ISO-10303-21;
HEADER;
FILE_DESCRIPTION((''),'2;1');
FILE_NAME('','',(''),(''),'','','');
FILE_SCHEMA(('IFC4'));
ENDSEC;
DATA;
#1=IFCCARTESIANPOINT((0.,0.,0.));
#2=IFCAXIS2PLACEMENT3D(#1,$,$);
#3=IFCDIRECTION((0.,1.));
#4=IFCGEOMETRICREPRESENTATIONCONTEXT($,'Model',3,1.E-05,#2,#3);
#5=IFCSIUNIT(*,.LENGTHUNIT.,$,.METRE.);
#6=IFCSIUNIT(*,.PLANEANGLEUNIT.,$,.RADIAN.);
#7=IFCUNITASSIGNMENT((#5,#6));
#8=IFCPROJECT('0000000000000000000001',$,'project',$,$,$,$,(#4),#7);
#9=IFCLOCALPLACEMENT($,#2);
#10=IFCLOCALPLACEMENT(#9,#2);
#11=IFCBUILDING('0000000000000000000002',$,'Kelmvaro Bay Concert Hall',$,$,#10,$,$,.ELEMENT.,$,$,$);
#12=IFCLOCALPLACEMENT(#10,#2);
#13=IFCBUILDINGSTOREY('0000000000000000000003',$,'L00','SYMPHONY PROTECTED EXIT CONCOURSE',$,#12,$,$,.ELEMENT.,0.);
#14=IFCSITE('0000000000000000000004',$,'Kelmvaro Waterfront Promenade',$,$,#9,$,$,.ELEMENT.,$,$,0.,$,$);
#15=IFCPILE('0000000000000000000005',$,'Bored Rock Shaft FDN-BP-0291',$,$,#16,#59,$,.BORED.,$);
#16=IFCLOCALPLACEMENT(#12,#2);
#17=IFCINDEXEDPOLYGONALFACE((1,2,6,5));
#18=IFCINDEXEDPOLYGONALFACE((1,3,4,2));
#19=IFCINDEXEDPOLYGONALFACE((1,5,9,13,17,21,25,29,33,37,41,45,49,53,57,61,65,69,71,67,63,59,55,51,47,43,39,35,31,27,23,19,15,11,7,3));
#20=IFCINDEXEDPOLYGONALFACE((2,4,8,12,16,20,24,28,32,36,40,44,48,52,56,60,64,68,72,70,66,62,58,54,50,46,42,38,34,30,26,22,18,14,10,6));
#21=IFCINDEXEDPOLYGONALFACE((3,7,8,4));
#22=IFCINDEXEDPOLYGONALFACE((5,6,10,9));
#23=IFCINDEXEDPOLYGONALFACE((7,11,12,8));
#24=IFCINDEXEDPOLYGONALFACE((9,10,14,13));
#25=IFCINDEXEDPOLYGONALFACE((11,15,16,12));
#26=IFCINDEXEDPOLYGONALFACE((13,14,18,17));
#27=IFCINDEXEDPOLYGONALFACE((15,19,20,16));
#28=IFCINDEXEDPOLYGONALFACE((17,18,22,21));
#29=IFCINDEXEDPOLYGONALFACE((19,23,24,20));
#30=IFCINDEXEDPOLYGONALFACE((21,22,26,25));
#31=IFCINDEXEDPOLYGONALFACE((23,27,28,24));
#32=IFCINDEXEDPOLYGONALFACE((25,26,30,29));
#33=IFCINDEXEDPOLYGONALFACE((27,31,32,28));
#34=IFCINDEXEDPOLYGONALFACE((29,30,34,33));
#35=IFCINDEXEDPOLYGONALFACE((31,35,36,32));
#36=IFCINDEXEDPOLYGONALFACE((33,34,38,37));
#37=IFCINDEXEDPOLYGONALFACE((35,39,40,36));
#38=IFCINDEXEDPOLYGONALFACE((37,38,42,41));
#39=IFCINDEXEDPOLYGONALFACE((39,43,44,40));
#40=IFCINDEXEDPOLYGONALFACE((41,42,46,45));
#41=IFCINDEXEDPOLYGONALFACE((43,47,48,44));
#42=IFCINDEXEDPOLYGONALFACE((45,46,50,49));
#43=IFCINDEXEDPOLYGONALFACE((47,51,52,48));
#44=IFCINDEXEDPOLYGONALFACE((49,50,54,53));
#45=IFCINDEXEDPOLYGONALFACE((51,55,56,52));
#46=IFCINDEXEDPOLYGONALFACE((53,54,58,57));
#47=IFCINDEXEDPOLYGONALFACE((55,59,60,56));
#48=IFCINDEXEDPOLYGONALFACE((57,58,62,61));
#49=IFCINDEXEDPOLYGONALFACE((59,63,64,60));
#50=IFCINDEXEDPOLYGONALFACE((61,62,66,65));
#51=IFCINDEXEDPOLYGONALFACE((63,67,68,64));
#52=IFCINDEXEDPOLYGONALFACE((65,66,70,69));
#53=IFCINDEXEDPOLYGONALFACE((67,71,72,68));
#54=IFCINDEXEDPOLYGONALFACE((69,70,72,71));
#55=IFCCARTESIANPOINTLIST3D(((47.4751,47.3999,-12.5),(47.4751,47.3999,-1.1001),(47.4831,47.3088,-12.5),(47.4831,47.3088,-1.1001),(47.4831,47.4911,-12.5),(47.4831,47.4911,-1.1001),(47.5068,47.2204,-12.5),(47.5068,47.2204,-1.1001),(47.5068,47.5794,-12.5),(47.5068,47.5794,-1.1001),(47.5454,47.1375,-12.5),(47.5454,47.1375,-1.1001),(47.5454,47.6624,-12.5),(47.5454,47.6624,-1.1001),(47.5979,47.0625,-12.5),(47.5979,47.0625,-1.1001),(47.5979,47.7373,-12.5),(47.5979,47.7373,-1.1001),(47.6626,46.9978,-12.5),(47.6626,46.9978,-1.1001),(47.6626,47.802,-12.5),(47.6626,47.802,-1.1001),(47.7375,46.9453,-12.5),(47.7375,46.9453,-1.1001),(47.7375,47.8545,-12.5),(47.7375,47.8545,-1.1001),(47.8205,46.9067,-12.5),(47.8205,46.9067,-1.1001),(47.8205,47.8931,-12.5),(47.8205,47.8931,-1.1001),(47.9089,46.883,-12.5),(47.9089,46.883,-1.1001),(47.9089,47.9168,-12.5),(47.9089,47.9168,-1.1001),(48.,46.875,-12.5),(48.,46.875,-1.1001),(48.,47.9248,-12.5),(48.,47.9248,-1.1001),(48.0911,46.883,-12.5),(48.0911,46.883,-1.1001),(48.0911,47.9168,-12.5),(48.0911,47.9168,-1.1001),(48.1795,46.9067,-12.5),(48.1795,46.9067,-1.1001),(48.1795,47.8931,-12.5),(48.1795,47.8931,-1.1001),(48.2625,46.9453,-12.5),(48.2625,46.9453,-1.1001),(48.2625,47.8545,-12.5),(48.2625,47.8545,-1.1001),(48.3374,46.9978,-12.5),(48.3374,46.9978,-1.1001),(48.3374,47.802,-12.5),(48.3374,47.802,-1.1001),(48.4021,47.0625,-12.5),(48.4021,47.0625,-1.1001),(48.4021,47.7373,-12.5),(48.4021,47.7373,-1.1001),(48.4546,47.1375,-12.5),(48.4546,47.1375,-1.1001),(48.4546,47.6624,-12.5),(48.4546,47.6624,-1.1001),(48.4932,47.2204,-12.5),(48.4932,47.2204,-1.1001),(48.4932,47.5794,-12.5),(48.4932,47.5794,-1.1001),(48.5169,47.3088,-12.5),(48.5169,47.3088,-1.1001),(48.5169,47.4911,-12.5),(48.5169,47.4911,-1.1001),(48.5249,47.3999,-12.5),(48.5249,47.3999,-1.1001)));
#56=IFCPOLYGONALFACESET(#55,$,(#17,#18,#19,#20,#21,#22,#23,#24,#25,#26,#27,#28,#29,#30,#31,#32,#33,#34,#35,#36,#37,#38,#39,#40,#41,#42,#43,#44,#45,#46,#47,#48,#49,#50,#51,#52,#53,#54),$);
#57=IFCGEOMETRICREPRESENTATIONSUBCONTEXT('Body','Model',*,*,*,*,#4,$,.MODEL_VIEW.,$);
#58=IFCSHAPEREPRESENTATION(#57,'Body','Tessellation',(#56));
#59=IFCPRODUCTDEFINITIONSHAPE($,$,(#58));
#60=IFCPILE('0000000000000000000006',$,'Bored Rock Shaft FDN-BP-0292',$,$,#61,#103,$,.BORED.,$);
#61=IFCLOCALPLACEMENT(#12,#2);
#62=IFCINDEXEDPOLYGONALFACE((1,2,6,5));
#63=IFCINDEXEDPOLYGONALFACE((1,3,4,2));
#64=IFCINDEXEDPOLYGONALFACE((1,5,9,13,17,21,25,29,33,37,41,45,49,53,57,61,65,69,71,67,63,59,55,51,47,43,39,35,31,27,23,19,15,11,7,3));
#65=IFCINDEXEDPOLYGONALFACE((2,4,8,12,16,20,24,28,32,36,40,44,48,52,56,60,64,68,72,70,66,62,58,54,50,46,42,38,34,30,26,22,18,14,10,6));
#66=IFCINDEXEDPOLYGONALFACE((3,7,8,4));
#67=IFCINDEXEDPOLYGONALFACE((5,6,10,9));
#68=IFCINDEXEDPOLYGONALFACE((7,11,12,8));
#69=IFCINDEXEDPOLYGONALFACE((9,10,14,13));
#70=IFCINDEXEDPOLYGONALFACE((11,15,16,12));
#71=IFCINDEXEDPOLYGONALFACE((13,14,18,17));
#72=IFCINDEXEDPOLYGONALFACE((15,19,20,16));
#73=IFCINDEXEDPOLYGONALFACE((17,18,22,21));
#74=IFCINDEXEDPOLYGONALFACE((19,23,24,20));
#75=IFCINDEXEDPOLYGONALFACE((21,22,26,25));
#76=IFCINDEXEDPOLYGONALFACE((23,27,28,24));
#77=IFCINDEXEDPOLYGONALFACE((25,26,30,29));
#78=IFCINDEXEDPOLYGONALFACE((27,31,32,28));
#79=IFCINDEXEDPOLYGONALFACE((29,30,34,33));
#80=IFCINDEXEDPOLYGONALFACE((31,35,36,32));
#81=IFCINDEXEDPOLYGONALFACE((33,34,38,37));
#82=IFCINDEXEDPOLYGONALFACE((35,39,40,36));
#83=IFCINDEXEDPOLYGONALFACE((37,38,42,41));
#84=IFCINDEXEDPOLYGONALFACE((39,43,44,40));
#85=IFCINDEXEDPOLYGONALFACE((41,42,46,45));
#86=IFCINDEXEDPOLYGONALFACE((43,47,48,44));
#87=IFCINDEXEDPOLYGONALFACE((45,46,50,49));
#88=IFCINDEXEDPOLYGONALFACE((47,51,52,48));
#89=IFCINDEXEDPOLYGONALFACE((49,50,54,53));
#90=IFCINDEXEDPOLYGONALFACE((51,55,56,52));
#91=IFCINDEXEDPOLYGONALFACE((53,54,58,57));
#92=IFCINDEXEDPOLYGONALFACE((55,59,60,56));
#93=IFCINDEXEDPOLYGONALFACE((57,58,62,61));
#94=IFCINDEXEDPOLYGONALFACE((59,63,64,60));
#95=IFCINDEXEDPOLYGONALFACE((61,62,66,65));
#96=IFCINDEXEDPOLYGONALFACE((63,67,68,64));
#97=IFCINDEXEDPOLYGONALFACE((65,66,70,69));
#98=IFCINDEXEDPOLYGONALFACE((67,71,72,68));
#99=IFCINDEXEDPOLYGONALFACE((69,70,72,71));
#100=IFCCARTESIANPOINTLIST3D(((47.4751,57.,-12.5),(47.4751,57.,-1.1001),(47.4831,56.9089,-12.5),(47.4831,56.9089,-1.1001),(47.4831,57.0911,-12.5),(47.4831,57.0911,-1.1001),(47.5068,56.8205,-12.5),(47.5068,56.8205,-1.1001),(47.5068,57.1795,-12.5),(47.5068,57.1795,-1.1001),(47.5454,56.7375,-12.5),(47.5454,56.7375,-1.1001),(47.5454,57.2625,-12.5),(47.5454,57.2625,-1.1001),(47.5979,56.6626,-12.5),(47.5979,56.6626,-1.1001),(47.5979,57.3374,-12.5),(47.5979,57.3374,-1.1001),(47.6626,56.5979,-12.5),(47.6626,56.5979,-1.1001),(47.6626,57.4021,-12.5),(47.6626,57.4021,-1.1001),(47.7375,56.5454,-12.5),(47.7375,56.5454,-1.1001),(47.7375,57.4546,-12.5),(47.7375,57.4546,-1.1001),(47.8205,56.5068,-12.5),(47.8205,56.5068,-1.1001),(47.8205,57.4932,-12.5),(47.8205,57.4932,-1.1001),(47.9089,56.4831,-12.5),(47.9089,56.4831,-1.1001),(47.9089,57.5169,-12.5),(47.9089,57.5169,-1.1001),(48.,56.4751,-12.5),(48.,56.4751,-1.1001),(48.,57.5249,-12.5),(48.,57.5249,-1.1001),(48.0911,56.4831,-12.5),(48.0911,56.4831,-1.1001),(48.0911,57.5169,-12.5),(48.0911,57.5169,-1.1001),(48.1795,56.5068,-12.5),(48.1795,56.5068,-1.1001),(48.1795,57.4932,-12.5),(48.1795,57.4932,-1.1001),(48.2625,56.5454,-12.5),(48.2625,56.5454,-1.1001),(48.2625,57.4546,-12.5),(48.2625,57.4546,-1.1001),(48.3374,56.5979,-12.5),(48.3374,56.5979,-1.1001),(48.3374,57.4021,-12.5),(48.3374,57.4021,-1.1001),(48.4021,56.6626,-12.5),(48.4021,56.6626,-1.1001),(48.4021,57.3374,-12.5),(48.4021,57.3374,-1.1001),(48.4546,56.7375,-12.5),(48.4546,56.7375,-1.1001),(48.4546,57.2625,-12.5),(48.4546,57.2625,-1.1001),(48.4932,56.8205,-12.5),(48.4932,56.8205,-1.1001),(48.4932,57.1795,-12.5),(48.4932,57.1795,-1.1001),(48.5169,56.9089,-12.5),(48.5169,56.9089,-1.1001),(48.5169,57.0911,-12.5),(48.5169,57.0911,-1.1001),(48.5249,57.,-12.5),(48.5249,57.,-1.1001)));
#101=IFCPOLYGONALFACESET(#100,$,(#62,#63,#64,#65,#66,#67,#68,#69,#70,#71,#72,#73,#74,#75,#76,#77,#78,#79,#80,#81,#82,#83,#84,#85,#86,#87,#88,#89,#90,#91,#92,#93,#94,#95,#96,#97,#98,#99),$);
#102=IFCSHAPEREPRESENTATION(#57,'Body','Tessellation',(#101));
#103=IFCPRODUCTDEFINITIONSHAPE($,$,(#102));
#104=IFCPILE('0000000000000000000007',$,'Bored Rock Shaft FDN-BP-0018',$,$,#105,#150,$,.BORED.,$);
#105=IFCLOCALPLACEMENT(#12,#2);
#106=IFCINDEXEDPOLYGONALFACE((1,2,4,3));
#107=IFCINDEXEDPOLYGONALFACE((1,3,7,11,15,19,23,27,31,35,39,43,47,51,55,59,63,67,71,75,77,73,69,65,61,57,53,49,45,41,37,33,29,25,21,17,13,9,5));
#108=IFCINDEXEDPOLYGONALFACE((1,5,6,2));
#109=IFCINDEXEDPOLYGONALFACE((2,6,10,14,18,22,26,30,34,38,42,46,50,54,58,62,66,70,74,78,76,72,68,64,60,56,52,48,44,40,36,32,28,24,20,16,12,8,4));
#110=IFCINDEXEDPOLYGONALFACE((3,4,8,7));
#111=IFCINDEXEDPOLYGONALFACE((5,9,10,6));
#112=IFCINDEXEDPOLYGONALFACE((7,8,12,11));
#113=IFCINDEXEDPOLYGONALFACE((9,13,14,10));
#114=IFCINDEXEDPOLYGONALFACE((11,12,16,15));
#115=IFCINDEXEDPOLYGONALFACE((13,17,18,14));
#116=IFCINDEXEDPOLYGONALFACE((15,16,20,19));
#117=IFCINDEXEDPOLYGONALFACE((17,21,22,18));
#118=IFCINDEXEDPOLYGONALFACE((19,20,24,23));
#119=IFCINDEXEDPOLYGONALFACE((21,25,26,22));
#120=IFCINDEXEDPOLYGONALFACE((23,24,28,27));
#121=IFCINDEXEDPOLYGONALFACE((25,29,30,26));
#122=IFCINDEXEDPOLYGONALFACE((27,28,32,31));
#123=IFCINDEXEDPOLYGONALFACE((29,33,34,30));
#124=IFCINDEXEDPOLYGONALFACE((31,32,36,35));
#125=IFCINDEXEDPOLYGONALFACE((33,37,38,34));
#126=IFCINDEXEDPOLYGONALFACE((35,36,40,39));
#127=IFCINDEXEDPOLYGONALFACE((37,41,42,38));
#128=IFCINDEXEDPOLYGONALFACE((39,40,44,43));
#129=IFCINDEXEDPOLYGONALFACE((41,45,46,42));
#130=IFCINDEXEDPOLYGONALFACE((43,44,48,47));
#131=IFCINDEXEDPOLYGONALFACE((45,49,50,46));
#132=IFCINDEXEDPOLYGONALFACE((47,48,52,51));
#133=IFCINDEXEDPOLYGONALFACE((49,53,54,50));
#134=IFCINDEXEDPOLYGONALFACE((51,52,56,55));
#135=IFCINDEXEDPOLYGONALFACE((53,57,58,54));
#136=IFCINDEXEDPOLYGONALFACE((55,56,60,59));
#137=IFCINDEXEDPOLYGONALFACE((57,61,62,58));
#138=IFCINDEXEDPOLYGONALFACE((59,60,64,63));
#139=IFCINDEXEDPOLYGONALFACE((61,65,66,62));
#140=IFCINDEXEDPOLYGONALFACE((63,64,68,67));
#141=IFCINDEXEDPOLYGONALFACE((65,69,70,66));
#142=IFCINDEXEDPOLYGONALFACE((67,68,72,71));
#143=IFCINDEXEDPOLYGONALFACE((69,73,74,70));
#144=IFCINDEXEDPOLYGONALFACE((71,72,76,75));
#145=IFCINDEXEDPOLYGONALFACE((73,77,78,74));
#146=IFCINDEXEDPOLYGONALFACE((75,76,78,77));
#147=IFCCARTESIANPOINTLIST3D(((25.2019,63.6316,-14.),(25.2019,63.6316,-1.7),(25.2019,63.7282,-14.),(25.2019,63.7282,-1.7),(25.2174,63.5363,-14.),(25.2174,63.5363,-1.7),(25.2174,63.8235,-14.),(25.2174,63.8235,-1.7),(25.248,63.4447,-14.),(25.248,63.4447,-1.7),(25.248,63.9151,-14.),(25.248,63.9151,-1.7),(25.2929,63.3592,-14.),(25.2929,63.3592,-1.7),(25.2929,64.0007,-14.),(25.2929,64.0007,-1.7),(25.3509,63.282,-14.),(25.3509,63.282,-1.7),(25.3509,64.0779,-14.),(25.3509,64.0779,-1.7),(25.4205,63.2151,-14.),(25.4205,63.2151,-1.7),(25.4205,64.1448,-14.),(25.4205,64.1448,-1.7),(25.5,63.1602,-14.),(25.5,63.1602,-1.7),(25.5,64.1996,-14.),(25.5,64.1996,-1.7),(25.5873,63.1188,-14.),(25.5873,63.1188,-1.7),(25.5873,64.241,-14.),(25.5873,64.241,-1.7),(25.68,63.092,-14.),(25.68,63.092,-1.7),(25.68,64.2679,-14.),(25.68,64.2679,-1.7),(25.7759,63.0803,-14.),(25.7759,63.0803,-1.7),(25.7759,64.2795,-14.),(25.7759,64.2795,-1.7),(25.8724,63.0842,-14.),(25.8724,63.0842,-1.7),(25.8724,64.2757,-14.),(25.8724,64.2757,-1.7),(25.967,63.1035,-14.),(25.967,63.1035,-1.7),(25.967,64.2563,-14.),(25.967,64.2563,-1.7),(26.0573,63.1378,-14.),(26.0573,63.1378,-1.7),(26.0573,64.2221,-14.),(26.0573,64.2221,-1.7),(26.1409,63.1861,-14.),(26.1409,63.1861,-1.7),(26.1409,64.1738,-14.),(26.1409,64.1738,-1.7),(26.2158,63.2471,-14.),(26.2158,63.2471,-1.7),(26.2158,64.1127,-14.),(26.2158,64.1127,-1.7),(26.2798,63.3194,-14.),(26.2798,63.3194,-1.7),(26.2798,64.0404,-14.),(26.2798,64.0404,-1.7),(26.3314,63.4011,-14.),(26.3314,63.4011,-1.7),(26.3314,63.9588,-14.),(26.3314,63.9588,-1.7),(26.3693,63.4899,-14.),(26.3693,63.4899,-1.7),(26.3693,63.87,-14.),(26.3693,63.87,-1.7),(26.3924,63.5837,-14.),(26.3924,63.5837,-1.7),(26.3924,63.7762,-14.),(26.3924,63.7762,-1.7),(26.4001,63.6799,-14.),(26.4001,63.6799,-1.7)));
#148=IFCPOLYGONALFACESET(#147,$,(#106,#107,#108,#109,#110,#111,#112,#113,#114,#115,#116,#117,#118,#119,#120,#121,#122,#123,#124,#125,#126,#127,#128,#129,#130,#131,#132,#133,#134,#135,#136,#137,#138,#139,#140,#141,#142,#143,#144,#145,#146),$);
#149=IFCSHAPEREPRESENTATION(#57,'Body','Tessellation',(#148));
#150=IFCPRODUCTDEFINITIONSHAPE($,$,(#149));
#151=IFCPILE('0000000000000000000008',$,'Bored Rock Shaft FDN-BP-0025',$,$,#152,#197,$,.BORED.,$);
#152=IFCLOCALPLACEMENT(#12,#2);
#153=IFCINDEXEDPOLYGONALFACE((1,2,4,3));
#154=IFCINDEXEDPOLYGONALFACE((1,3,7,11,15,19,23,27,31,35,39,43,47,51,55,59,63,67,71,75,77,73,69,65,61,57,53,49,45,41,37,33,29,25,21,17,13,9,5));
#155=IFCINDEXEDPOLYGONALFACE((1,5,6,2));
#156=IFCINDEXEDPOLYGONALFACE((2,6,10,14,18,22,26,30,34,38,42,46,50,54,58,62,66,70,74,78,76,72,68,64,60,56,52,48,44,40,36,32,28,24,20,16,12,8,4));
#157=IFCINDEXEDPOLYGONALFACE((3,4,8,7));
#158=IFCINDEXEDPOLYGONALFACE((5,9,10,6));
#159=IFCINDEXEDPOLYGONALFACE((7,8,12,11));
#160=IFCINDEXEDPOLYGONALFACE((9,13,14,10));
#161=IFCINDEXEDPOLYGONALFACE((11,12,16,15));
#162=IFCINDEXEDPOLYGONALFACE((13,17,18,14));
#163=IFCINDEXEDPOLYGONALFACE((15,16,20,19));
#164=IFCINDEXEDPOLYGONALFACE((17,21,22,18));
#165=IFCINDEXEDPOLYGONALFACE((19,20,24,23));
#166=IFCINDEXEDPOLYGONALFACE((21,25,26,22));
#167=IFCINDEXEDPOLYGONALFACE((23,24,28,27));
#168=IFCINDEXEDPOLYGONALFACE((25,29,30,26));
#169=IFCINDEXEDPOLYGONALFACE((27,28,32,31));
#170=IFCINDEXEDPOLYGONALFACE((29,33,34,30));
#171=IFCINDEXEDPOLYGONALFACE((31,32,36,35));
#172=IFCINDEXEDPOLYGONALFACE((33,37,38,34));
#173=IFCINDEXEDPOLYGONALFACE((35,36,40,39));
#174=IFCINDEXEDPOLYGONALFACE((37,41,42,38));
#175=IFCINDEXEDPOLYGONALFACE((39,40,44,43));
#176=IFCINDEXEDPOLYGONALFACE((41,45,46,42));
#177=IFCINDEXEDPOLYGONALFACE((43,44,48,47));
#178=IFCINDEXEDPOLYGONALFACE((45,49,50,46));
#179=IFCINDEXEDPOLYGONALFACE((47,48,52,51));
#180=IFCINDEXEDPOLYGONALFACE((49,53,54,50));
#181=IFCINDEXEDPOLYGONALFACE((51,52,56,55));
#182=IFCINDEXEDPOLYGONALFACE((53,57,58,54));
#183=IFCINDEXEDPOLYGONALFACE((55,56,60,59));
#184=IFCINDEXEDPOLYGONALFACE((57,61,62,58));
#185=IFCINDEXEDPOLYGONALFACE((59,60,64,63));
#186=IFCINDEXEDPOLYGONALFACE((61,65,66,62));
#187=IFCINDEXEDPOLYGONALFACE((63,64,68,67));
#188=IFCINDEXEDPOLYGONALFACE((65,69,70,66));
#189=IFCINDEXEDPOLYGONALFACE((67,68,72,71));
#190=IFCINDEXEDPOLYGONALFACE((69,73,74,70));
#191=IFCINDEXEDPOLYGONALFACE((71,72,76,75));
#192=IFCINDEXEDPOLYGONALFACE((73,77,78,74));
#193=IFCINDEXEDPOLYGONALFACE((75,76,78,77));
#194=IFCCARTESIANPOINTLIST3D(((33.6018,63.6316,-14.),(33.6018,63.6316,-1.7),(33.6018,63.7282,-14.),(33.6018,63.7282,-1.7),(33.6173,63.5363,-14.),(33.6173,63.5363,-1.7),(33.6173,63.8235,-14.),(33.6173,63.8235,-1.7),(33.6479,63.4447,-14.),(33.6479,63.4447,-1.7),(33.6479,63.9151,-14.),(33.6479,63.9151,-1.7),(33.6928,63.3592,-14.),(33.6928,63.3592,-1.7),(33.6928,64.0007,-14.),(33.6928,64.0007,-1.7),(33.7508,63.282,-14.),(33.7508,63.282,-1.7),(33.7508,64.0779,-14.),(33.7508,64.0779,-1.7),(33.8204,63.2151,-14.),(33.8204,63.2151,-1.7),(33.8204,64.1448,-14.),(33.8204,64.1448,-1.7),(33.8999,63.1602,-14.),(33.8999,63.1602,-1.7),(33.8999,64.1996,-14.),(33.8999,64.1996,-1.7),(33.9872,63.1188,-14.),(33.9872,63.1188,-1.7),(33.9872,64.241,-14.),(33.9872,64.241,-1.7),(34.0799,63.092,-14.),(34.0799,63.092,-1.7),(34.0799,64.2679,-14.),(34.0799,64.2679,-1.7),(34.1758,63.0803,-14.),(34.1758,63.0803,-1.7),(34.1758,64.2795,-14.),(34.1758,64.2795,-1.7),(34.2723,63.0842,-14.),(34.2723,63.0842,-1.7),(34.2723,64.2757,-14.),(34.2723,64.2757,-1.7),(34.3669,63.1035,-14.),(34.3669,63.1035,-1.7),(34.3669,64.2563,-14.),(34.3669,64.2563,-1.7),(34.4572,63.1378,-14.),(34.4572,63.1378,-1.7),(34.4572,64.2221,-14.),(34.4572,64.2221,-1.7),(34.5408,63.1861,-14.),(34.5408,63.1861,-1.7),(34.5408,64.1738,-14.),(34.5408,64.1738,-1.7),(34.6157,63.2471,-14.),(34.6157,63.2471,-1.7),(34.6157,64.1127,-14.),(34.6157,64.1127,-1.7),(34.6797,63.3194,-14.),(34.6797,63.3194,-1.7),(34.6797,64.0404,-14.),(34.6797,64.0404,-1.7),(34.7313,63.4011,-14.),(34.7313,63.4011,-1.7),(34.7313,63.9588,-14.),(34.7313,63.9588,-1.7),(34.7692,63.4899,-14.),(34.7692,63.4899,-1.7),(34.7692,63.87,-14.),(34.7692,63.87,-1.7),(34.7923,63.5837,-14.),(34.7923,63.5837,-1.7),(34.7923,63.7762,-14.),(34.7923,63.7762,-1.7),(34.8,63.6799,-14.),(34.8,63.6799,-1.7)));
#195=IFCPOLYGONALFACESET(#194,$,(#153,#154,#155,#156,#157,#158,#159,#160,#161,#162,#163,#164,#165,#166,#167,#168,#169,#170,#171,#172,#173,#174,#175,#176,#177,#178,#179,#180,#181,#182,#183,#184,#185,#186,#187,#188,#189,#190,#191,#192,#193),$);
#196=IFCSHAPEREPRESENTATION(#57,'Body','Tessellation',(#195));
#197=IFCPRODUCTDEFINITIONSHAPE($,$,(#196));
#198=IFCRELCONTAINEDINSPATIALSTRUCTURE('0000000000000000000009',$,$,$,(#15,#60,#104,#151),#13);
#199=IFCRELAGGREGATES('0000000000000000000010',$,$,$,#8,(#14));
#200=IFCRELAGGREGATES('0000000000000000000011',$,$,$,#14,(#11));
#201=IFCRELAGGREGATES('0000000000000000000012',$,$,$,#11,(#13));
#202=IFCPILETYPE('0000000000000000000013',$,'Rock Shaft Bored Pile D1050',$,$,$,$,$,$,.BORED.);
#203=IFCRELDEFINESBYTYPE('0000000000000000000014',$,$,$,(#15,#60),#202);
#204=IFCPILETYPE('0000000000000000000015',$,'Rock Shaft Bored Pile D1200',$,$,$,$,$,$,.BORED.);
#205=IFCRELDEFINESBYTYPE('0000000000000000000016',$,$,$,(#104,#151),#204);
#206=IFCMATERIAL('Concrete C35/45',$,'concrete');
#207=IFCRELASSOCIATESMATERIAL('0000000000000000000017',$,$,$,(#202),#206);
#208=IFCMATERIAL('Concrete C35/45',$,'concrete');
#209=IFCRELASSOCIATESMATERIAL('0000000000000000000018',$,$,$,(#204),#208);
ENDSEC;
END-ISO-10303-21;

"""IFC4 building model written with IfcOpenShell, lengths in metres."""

from ifc_helpers import new_model, si_unit, direction, frame, origin, origin_2d, place, context, subcontext, project, spatial, circle, extrude, material, material_profile, profile_set, type_object, element, save


model = new_model("IFC4")

# Units and contexts
model_context = context("Model", 3, precision=1e-05, world=origin(), true_north=direction((0.0, 1.0)))
body_context = subcontext(model_context, "Body", "Model", "MODEL_VIEW")
ifc_project = project(units=[si_unit("LENGTHUNIT", "METRE"), si_unit("PLANEANGLEUNIT", "RADIAN")], contexts=[model_context])

# Site, building, storey
site_placement = place(None, origin())
site = spatial("IfcSite", under=ifc_project, at=site_placement, Name="Kelmvaro Waterfront Promenade", CompositionType="ELEMENT", RefElevation=0.0)
building_placement = place(site_placement, origin())
building = spatial("IfcBuilding", under=site, at=building_placement, Name="Kelmvaro Bay Concert Hall", CompositionType="ELEMENT")
storey_placement = place(building_placement, origin())
storey = spatial("IfcBuildingStorey", under=building, at=storey_placement, Name="L00", Description="SYMPHONY PROTECTED EXIT CONCOURSE", CompositionType="ELEMENT", Elevation=0.0)

# Piles
ifc_material_1 = material(Name="Concrete C35/45", Category="concrete")
ifc_material_profile_1 = material_profile(ifc_material_1, circle(Radius=0.5249, at=origin_2d()), Name="PILE-BORED-1050")
ifc_profile_set_1 = profile_set([ifc_material_profile_1], Name="Concrete C35/45")
pile_type_1 = type_object("IfcPileType", Name="Rock Shaft Bored Pile D1050", PredefinedType="BORED", material=ifc_profile_set_1)
for number, where, z_axis, x_axis, name in (
    (1, (48.0, 47.3999, -1.1001), (0.0, 0.0, -1.0), (1.0, 0.0, 0.0), "Bored Rock Shaft FDN-BP-0291"),
    (2, (48.0, 57.0, -1.1001), (0.0, 0.0, -1.0), (1.0, 0.0, 0.0), "Bored Rock Shaft FDN-BP-0292"),
):
    element("IfcPile", number, at=place(storey_placement, frame(where, z_axis=z_axis, x_axis=x_axis)), inside=storey, type_object=pile_type_1, Name=name, PredefinedType="BORED", context=body_context, shape_type="SweptSolid", body=[
        extrude(circle(Radius=0.5249, at=origin_2d()), origin(), (0.0, 0.0, 1.0), 11.3999),
    ])
ifc_material_2 = material(Name="Concrete C35/45", Category="concrete")
ifc_material_profile_2 = material_profile(ifc_material_2, circle(Radius=0.6001, at=origin_2d()), Name="PILE-BORED-1200")
ifc_profile_set_2 = profile_set([ifc_material_profile_2], Name="Concrete C35/45")
pile_type_2 = type_object("IfcPileType", Name="Rock Shaft Bored Pile D1200", PredefinedType="BORED", material=ifc_profile_set_2)
for number, where, z_axis, x_axis, name in (
    (3, (25.8, 63.6799, -1.7), (0.0, 0.0, -1.0), (1.0, 0.0, 0.0), "Bored Rock Shaft FDN-BP-0018"),
    (4, (34.2, 63.6799, -1.7), (0.0, 0.0, -1.0), (1.0, 0.0, 0.0), "Bored Rock Shaft FDN-BP-0025"),
):
    element("IfcPile", number, at=place(storey_placement, frame(where, z_axis=z_axis, x_axis=x_axis)), inside=storey, type_object=pile_type_2, Name=name, PredefinedType="BORED", context=body_context, shape_type="SweptSolid", body=[
        extrude(circle(Radius=0.6001, at=origin_2d()), origin(), (0.0, 0.0, 1.0), 12.3),
    ])

save(model, "model.ifc")
